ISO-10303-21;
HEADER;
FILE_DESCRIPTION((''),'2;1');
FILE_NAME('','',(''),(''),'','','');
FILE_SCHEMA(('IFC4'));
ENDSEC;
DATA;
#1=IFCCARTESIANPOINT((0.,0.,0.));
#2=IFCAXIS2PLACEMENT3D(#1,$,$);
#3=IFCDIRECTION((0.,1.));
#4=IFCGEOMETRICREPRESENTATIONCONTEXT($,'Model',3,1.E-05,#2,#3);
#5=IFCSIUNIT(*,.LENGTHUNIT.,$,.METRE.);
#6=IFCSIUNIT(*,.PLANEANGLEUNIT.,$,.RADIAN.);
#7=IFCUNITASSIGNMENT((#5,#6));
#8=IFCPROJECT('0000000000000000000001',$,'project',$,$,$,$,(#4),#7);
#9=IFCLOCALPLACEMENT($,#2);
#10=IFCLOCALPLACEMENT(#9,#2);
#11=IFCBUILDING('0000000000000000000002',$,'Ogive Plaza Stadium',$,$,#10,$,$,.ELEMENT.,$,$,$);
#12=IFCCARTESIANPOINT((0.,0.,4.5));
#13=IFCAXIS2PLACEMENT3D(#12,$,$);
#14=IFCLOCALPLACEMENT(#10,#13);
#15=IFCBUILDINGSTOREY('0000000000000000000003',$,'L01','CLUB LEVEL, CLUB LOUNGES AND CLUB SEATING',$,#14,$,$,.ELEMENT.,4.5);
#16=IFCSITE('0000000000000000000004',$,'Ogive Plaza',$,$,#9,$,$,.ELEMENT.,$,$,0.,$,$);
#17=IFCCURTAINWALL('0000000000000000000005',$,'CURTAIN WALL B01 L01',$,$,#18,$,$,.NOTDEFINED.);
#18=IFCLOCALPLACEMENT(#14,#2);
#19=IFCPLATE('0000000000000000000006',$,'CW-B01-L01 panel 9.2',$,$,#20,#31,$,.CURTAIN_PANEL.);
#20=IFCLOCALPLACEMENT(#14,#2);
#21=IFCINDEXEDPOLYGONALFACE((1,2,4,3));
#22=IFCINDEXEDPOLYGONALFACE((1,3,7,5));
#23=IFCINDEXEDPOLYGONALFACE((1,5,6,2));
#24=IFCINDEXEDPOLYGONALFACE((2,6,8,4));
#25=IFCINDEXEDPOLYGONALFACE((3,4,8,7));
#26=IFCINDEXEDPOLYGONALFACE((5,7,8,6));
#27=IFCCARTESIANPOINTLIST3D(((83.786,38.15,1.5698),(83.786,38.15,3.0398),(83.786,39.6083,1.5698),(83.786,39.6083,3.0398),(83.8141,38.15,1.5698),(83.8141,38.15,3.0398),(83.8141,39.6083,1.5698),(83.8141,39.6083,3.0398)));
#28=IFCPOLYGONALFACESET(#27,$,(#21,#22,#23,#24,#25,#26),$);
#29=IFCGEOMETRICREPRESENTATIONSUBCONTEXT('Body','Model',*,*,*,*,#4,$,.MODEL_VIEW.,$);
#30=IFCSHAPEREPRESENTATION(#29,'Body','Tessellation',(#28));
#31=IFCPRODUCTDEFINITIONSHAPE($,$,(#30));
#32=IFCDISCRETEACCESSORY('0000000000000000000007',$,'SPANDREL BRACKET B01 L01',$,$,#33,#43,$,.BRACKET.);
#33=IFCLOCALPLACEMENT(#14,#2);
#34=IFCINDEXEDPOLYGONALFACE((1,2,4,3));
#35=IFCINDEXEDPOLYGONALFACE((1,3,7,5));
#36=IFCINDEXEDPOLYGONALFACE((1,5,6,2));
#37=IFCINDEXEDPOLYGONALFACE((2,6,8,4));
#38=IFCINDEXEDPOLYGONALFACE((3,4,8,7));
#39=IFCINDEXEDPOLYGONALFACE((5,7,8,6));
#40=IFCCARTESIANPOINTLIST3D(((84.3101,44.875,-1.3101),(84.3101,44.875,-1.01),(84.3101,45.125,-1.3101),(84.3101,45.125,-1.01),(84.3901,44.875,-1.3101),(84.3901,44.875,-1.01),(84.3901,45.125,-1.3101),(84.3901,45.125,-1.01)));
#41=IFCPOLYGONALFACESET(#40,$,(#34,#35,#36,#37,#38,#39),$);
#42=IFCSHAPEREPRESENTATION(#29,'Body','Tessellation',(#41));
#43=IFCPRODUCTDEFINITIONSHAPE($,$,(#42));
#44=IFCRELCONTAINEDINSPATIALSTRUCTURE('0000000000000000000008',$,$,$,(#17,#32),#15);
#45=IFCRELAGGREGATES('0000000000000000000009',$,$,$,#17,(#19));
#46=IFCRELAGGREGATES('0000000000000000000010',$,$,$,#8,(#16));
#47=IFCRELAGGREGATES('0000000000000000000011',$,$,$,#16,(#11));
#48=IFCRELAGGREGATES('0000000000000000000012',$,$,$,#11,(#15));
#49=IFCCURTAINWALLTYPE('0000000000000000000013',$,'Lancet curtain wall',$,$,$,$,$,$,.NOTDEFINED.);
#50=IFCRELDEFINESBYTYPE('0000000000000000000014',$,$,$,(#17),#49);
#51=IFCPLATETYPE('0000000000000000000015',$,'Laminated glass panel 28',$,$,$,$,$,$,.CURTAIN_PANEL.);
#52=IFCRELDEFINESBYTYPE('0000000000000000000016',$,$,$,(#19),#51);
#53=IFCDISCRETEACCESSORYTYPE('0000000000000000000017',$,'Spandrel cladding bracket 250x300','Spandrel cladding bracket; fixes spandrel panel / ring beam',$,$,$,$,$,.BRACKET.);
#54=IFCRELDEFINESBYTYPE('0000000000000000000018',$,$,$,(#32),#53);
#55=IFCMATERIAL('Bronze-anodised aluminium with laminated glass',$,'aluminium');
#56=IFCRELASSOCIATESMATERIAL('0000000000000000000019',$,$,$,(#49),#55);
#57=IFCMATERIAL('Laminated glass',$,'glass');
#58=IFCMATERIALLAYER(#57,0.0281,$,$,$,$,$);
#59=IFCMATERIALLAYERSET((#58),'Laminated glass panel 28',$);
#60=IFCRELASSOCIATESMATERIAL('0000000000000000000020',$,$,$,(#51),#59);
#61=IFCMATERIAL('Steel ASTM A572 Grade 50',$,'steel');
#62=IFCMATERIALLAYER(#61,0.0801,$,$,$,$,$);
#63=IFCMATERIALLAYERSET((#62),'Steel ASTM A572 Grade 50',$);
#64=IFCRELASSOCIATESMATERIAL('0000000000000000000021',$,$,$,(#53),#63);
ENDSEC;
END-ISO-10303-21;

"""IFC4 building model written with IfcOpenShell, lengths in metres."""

from ifc_helpers import new_model, si_unit, direction, frame, origin, origin_2d, place, context, subcontext, project, spatial, rectangle, extrude, material, layer, layer_set, type_object, element, aggregate, save


model = new_model("IFC4")

# Units and contexts
model_context = context("Model", 3, precision=1e-05, world=origin(), true_north=direction((0.0, 1.0)))
body_context = subcontext(model_context, "Body", "Model", "MODEL_VIEW")
ifc_project = project(units=[si_unit("LENGTHUNIT", "METRE"), si_unit("PLANEANGLEUNIT", "RADIAN")], contexts=[model_context])

# Site, building, storey
site_placement = place(None, origin())
site = spatial("IfcSite", under=ifc_project, at=site_placement, Name="Ogive Plaza", CompositionType="ELEMENT", RefElevation=0.0)
building_placement = place(site_placement, origin())
building = spatial("IfcBuilding", under=site, at=building_placement, Name="Ogive Plaza Stadium", CompositionType="ELEMENT")
storey_placement = place(building_placement, frame((0.0, 0.0, 4.5)))
storey = spatial("IfcBuildingStorey", under=building, at=storey_placement, Name="L01", Description="CLUB LEVEL, CLUB LOUNGES AND CLUB SEATING", CompositionType="ELEMENT", Elevation=4.5)

# Curtain wall, plate
ifc_material_1 = material(Name="Bronze-anodised aluminium with laminated glass", Category="aluminium")
curtain_wall_type = type_object("IfcCurtainWallType", Name="Lancet curtain wall", PredefinedType="NOTDEFINED", material=ifc_material_1)
curtain_wall_placement = place(storey_placement, origin())
curtain_wall = element("IfcCurtainWall", 1, at=curtain_wall_placement, inside=storey, type_object=curtain_wall_type, Name="CURTAIN WALL B01 L01", PredefinedType="NOTDEFINED")
ifc_material_2 = material(Name="Laminated glass", Category="glass")
ifc_layer_1 = layer(ifc_material_2, 0.0281)
ifc_layer_set_1 = layer_set([ifc_layer_1], Name="Laminated glass panel 28")
plate_type = type_object("IfcPlateType", Name="Laminated glass panel 28", PredefinedType="CURTAIN_PANEL", material=ifc_layer_set_1)
plate_1_placement = place(storey_placement, frame((83.8, 38.8792, 1.5698), z_axis=(0.0, 0.0, 1.0), x_axis=(0.0, -1.0, 0.0)))
plate_1 = element("IfcPlate", 2, at=plate_1_placement, type_object=plate_type, Name="CW-B01-L01 panel 9.2", PredefinedType="CURTAIN_PANEL", context=body_context, shape_type="SweptSolid", body=[
    extrude(rectangle(XDim=1.4583, YDim=0.0281, at=origin_2d()), origin(), (0.0, 0.0, 1.0), 1.47),
])
aggregate(curtain_wall, [plate_1])

# Discrete accessory
ifc_material_3 = material(Name="Steel ASTM A572 Grade 50", Category="steel")
ifc_layer_2 = layer(ifc_material_3, 0.0801)
ifc_layer_set_2 = layer_set([ifc_layer_2], Name="Steel ASTM A572 Grade 50")
discrete_accessory_type = type_object("IfcDiscreteAccessoryType", Name="Spandrel cladding bracket 250x300", Description="Spandrel cladding bracket; fixes spandrel panel / ring beam", PredefinedType="BRACKET", material=ifc_layer_set_2)
discrete_accessory_placement = place(storey_placement, frame((84.3501, 45.0, -1.3101), z_axis=(0.0, 0.0, 1.0), x_axis=(0.0, -1.0, 0.0)))
element("IfcDiscreteAccessory", 3, at=discrete_accessory_placement, inside=storey, type_object=discrete_accessory_type, Name="SPANDREL BRACKET B01 L01", PredefinedType="BRACKET", context=body_context, shape_type="SweptSolid", body=[
    extrude(rectangle(XDim=0.25, YDim=0.0801, at=origin_2d()), origin(), (0.0, 0.0, 1.0), 0.3),
])

save(model, "model.ifc")
